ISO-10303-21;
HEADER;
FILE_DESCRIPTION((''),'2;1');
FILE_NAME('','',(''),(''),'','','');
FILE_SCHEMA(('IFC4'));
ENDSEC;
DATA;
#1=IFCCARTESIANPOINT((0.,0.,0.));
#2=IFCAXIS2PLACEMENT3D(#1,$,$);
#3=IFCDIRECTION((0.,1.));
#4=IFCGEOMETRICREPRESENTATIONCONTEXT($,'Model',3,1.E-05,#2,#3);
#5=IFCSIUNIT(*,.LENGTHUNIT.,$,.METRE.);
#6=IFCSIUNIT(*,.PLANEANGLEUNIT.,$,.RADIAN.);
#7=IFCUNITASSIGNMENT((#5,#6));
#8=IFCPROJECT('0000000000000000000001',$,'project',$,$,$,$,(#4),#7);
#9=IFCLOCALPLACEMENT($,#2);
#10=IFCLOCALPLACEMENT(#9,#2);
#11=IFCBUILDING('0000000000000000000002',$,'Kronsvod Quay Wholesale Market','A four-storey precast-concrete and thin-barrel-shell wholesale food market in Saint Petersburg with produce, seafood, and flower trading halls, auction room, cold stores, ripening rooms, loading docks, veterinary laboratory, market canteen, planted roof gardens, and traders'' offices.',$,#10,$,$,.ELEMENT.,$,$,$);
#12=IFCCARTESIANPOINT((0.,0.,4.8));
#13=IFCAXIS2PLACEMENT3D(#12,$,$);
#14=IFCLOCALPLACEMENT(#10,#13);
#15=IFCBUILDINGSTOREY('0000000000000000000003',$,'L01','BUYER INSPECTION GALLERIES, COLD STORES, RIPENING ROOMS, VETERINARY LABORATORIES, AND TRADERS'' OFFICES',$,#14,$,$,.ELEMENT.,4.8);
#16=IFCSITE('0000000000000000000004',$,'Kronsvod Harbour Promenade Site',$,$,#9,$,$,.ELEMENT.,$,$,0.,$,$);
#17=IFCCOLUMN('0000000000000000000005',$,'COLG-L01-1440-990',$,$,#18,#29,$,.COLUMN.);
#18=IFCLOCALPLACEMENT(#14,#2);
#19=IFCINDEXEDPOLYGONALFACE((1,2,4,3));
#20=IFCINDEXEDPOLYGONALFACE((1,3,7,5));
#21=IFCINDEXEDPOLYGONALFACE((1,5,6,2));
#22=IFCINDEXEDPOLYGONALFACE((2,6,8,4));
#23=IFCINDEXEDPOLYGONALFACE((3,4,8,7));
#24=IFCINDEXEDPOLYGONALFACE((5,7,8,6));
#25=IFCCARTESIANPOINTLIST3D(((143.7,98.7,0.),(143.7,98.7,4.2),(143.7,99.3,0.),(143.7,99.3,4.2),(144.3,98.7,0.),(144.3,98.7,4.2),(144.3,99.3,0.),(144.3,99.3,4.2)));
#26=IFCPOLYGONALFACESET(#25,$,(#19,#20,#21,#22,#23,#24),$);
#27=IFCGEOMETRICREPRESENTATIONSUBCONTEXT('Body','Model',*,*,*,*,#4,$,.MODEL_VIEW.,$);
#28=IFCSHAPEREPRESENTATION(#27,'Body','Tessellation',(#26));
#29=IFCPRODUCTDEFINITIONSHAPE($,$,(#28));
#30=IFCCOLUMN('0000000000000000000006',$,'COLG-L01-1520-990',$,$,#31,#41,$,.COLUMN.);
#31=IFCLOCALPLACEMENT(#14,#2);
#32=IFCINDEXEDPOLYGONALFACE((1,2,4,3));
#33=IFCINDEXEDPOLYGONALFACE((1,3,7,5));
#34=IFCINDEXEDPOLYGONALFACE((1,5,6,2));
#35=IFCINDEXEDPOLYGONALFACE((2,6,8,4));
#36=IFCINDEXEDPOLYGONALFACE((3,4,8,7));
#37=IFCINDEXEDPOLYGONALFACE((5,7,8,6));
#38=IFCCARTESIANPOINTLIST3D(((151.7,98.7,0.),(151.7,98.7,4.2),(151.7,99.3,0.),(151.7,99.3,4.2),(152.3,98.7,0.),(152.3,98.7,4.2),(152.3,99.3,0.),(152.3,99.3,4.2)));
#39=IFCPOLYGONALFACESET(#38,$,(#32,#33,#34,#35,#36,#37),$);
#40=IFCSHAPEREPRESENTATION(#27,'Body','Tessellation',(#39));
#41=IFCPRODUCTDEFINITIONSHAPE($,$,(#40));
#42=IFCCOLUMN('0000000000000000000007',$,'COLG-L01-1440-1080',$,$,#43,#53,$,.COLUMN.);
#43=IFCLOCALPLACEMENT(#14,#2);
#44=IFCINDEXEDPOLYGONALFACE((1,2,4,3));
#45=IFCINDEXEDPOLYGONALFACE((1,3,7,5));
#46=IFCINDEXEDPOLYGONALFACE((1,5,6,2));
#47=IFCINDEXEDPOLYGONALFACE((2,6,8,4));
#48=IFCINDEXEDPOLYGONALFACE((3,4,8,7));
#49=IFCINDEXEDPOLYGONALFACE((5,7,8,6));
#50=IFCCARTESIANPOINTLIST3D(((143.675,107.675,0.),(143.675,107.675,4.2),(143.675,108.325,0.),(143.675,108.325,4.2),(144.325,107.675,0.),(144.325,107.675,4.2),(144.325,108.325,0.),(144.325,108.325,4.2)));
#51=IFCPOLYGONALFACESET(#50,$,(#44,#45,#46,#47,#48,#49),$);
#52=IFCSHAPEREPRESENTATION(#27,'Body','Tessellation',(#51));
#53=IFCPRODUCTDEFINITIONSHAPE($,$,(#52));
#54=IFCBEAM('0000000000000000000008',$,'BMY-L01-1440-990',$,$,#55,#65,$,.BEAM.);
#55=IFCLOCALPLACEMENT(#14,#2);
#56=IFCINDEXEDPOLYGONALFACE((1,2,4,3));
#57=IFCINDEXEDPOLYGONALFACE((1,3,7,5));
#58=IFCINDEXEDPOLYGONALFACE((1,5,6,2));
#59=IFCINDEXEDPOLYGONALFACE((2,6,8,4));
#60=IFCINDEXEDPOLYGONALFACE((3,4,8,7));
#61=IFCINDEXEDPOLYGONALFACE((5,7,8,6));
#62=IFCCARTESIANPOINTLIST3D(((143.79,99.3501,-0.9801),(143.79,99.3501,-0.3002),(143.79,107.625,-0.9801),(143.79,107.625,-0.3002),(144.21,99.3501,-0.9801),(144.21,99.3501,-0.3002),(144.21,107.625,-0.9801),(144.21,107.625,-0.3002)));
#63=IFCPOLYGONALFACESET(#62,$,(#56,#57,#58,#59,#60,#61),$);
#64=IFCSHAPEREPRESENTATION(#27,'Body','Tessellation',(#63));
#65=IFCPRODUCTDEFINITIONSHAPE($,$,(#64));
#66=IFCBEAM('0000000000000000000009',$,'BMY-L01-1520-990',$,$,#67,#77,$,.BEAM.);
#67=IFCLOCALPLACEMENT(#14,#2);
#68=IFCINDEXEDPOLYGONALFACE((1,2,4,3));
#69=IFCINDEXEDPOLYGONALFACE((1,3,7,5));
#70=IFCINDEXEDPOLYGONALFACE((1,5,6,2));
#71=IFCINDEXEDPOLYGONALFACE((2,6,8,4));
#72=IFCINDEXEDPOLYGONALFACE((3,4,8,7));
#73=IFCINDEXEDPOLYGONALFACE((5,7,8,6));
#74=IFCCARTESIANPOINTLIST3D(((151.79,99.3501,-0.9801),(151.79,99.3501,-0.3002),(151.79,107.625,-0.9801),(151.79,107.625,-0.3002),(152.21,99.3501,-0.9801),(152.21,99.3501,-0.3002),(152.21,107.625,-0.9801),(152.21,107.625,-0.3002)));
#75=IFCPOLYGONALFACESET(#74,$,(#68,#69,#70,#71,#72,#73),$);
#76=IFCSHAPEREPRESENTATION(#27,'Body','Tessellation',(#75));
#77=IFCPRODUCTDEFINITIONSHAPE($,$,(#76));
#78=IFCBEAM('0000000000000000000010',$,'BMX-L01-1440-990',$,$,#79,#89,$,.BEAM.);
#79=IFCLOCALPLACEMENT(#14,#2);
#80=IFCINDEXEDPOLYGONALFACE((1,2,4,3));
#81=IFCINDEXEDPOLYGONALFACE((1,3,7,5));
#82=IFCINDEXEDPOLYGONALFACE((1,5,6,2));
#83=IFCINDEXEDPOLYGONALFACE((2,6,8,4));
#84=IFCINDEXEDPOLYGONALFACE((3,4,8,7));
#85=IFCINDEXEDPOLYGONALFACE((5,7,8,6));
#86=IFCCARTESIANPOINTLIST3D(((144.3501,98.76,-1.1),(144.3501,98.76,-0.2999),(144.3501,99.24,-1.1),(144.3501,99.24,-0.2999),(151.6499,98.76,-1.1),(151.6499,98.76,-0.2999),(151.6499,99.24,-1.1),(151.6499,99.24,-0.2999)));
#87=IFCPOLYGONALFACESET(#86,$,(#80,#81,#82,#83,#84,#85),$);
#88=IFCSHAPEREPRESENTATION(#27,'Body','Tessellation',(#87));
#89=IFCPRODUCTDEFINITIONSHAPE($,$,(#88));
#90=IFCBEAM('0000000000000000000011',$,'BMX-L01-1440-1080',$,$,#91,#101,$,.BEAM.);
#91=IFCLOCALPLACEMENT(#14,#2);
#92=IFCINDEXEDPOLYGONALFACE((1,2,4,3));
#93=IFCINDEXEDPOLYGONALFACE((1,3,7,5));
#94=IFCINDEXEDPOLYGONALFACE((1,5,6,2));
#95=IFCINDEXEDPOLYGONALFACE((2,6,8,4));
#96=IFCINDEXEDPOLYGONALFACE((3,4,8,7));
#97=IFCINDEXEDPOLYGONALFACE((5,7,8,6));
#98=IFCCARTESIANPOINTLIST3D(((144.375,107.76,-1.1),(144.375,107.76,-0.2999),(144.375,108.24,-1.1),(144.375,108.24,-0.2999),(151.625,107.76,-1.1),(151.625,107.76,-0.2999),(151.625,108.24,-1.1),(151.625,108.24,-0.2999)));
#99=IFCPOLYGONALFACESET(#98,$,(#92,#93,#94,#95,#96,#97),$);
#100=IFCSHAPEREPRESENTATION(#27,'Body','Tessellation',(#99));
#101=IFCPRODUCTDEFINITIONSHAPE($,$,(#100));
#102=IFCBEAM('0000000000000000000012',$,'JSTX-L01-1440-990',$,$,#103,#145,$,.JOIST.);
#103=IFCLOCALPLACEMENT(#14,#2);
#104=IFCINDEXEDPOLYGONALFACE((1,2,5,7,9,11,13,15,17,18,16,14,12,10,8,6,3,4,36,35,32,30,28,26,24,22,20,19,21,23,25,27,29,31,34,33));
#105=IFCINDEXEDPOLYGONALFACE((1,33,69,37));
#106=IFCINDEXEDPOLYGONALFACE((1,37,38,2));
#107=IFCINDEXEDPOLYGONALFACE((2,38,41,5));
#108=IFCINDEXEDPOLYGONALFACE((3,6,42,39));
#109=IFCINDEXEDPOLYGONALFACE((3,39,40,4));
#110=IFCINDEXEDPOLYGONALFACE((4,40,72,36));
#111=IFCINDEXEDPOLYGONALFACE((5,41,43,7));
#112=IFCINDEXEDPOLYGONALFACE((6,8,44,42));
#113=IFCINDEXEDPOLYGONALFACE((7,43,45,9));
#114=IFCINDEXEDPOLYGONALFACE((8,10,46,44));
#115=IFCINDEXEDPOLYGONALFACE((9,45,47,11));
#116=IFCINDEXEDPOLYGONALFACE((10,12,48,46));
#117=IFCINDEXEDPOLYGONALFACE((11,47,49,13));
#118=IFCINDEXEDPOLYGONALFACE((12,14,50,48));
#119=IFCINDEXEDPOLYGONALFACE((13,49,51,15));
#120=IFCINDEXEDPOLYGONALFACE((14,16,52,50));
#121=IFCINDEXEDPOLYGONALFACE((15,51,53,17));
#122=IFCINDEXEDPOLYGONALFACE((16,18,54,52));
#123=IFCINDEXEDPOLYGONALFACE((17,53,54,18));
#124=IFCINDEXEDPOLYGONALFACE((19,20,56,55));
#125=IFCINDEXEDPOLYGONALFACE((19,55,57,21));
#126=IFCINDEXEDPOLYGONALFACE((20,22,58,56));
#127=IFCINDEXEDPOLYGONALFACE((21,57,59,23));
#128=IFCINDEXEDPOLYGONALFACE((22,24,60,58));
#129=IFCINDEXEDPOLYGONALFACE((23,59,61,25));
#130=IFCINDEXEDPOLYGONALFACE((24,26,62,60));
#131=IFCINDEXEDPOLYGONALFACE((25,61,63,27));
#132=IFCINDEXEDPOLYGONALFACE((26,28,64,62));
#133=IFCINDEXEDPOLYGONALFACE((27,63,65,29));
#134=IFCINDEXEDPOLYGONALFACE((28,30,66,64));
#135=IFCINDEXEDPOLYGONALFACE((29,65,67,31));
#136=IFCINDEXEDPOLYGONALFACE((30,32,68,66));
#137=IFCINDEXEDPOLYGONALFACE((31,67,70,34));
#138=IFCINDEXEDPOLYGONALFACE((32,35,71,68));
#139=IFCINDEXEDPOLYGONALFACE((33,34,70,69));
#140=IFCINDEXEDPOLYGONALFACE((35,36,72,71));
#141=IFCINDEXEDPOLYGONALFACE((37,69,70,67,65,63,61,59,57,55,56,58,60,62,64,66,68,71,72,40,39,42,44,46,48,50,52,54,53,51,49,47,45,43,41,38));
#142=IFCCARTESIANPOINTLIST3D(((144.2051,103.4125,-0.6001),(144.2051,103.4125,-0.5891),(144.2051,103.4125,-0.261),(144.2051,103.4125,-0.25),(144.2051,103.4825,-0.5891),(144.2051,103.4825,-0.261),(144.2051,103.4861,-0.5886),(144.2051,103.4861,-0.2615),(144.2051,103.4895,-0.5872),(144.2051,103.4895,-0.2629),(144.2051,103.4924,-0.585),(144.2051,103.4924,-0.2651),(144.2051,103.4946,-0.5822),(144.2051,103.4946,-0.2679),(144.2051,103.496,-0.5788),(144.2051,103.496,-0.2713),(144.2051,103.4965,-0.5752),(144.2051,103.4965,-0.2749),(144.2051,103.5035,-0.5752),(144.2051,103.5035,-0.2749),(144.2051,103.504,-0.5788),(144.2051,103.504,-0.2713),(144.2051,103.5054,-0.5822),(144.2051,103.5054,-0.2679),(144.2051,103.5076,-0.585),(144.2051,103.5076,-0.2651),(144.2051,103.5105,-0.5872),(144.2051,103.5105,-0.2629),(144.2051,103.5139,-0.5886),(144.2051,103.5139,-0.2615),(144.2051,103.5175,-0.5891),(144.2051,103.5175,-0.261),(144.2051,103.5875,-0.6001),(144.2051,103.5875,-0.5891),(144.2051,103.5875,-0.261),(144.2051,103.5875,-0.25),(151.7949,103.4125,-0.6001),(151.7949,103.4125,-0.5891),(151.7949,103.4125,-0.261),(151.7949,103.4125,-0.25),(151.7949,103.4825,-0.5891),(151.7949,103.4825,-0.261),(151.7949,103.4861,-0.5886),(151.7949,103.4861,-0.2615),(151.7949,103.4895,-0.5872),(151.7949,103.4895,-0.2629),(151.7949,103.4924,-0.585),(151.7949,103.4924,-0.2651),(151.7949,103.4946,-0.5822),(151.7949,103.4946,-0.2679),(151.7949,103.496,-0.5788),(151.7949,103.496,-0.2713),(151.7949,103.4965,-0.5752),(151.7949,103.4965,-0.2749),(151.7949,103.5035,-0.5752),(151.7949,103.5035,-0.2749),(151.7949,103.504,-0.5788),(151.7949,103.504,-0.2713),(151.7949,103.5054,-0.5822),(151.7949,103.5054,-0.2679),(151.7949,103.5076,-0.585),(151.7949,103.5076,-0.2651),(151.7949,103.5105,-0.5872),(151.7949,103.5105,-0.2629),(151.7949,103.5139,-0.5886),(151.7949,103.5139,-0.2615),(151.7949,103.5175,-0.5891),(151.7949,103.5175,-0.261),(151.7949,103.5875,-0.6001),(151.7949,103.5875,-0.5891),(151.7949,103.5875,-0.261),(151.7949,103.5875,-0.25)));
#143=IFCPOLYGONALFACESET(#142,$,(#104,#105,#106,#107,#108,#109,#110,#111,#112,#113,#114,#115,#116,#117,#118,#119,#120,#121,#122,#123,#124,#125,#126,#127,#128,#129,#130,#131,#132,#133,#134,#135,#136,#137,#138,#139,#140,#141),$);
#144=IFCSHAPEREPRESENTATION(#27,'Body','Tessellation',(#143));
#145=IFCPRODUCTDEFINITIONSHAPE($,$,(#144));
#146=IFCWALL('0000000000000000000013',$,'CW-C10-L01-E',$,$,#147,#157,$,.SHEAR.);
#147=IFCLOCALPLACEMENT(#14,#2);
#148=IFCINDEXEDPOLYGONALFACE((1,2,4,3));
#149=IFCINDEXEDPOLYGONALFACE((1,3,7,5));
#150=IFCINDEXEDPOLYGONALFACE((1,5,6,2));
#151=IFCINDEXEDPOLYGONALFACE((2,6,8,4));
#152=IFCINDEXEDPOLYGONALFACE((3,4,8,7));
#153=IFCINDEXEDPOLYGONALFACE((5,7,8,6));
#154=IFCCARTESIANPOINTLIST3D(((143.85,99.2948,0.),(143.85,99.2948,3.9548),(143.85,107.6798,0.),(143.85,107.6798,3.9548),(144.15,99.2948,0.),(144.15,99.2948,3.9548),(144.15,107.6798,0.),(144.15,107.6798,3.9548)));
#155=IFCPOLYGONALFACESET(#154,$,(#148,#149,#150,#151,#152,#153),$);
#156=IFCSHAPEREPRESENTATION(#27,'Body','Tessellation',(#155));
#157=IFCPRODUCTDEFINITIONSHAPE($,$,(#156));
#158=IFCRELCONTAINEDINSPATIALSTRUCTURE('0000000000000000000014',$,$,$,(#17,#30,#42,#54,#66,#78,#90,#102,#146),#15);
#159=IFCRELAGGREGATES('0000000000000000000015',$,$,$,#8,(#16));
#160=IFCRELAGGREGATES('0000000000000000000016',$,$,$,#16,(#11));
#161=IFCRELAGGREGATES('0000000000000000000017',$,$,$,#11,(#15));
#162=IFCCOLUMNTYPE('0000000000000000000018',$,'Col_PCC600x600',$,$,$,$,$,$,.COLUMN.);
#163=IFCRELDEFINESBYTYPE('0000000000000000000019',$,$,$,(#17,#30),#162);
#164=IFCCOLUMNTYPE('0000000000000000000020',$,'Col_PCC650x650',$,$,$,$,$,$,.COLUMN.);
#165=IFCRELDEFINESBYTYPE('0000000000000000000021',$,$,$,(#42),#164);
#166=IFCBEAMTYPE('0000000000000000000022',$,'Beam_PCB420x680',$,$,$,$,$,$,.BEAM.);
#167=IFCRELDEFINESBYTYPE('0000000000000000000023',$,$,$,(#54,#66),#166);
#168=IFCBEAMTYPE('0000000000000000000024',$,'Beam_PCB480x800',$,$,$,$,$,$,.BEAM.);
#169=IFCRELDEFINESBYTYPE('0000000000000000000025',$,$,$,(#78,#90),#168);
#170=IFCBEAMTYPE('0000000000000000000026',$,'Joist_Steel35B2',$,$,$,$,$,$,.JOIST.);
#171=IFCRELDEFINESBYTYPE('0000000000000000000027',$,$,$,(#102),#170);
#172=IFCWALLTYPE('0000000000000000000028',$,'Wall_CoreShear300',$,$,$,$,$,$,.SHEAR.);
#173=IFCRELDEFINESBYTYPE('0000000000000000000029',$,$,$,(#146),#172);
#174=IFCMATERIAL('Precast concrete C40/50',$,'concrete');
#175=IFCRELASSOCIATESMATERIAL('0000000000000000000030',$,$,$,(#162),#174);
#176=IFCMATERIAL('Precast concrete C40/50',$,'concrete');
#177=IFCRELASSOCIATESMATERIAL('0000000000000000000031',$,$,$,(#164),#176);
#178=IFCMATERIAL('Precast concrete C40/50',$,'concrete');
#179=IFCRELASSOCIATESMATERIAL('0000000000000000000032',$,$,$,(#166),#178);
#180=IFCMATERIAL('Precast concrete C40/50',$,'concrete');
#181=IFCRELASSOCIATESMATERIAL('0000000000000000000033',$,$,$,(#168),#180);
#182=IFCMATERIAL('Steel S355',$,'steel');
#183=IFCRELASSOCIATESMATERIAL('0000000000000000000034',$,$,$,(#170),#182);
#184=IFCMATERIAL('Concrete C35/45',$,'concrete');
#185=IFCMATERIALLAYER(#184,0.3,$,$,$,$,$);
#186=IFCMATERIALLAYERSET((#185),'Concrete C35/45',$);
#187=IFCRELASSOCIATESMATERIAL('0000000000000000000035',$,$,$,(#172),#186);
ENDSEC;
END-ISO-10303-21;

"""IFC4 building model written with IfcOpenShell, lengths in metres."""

from ifc_helpers import new_model, si_unit, direction, frame, frame_2d, origin, origin_2d, place, context, subcontext, project, spatial, rectangle, i_section, extrude, material, layer, layer_set, material_profile, profile_set, type_object, element, save


model = new_model("IFC4")

# Units and contexts
model_context = context("Model", 3, precision=1e-05, world=origin(), true_north=direction((0.0, 1.0)))
body_context = subcontext(model_context, "Body", "Model", "MODEL_VIEW")
ifc_project = project(units=[si_unit("LENGTHUNIT", "METRE"), si_unit("PLANEANGLEUNIT", "RADIAN")], contexts=[model_context])

# Site, building, storey
site_placement = place(None, origin())
site = spatial("IfcSite", under=ifc_project, at=site_placement, Name="Kronsvod Harbour Promenade Site", CompositionType="ELEMENT", RefElevation=0.0)
building_placement = place(site_placement, origin())
building = spatial("IfcBuilding", under=site, at=building_placement, Name="Kronsvod Quay Wholesale Market", Description="A four-storey precast-concrete and thin-barrel-shell wholesale food market in Saint Petersburg with produce, seafood, and flower trading halls, auction room, cold stores, ripening rooms, loading docks, veterinary laboratory, market canteen, planted roof gardens, and traders' offices.", CompositionType="ELEMENT")
storey_placement = place(building_placement, frame((0.0, 0.0, 4.8)))
storey = spatial("IfcBuildingStorey", under=building, at=storey_placement, Name="L01", Description="BUYER INSPECTION GALLERIES, COLD STORES, RIPENING ROOMS, VETERINARY LABORATORIES, AND TRADERS' OFFICES", CompositionType="ELEMENT", Elevation=4.8)

# Columns
ifc_material_1 = material(Name="Precast concrete C40/50", Category="concrete")
ifc_material_profile_1 = material_profile(ifc_material_1, rectangle(XDim=0.6001, YDim=0.6001, at=origin_2d()), Name="PCC600x600")
ifc_profile_set_1 = profile_set([ifc_material_profile_1], Name="Precast concrete C40/50")
column_type_1 = type_object("IfcColumnType", Name="Col_PCC600x600", PredefinedType="COLUMN", material=ifc_profile_set_1)
for number, where, z_axis, x_axis, name in (
    (1, (144.0, 99.0, 0.0), (0.0, 0.0, 1.0), (1.0, 0.0, 0.0), "COLG-L01-1440-990"),
    (2, (152.0, 99.0, 0.0), (0.0, 0.0, 1.0), (1.0, 0.0, 0.0), "COLG-L01-1520-990"),
):
    element("IfcColumn", number, at=place(storey_placement, frame(where, z_axis=z_axis, x_axis=x_axis)), inside=storey, type_object=column_type_1, Name=name, PredefinedType="COLUMN", context=body_context, shape_type="SweptSolid", body=[
        extrude(rectangle(XDim=0.6001, YDim=0.6001, at=origin_2d()), origin(), (0.0, 0.0, 1.0), 4.2),
    ])
ifc_material_2 = material(Name="Precast concrete C40/50", Category="concrete")
ifc_material_profile_2 = material_profile(ifc_material_2, rectangle(XDim=0.6499, YDim=0.6499, at=origin_2d()), Name="COL-08")
ifc_profile_set_2 = profile_set([ifc_material_profile_2], Name="Precast concrete C40/50")
column_type_2 = type_object("IfcColumnType", Name="Col_PCC650x650", PredefinedType="COLUMN", material=ifc_profile_set_2)
column_placement = place(storey_placement, frame((144.0, 108.0, 0.0), z_axis=(0.0, 0.0, 1.0), x_axis=(1.0, 0.0, 0.0)))
element("IfcColumn", 3, at=column_placement, inside=storey, type_object=column_type_2, Name="COLG-L01-1440-1080", PredefinedType="COLUMN", context=body_context, shape_type="SweptSolid", body=[
    extrude(rectangle(XDim=0.6499, YDim=0.6499, at=origin_2d()), origin(), (0.0, 0.0, 1.0), 4.2),
])

# Beams
ifc_material_3 = material(Name="Precast concrete C40/50", Category="concrete")
ifc_material_profile_3 = material_profile(ifc_material_3, rectangle(XDim=0.4199, YDim=0.6799, at=origin_2d()), Name="PB-05")
ifc_profile_set_3 = profile_set([ifc_material_profile_3], Name="Precast concrete C40/50")
beam_type_1 = type_object("IfcBeamType", Name="Beam_PCB420x680", PredefinedType="BEAM", material=ifc_profile_set_3)
for number, where, z_axis, x_axis, name in (
    (4, (144.0, 99.3501, -0.6401), (0.0, 1.0, 0.0), (-1.0, 0.0, 0.0), "BMY-L01-1440-990"),
    (5, (152.0, 99.3501, -0.6401), (0.0, 1.0, 0.0), (-1.0, 0.0, 0.0), "BMY-L01-1520-990"),
):
    element("IfcBeam", number, at=place(storey_placement, frame(where, z_axis=z_axis, x_axis=x_axis)), inside=storey, type_object=beam_type_1, Name=name, PredefinedType="BEAM", context=body_context, shape_type="SweptSolid", body=[
        extrude(rectangle(XDim=0.4199, YDim=0.6799, at=origin_2d()), origin(), (0.0, 0.0, 1.0), 8.2749),
    ])
ifc_material_4 = material(Name="Precast concrete C40/50", Category="concrete")
ifc_material_profile_4 = material_profile(ifc_material_4, rectangle(XDim=0.48, YDim=0.8, at=origin_2d()), Name="PB-04")
ifc_profile_set_4 = profile_set([ifc_material_profile_4], Name="Precast concrete C40/50")
beam_type_2 = type_object("IfcBeamType", Name="Beam_PCB480x800", PredefinedType="BEAM", material=ifc_profile_set_4)
beam_1_placement = place(storey_placement, frame((144.3501, 99.0, -0.7), z_axis=(1.0, 0.0, 0.0), x_axis=(0.0, 1.0, 0.0)))
element("IfcBeam", 6, at=beam_1_placement, inside=storey, type_object=beam_type_2, Name="BMX-L01-1440-990", PredefinedType="BEAM", context=body_context, shape_type="SweptSolid", body=[
    extrude(rectangle(XDim=0.48, YDim=0.8, at=origin_2d()), origin(), (0.0, 0.0, 1.0), 7.2998),
])
beam_2_placement = place(storey_placement, frame((144.375, 108.0, -0.7), z_axis=(1.0, 0.0, 0.0), x_axis=(0.0, 1.0, 0.0)))
element("IfcBeam", 7, at=beam_2_placement, inside=storey, type_object=beam_type_2, Name="BMX-L01-1440-1080", PredefinedType="BEAM", context=body_context, shape_type="SweptSolid", body=[
    extrude(rectangle(XDim=0.48, YDim=0.8, at=origin_2d()), origin(), (0.0, 0.0, 1.0), 7.25),
])
ifc_material_5 = material(Name="Steel S355", Category="steel")
ifc_material_profile_5 = material_profile(ifc_material_5, i_section(OverallWidth=0.175, OverallDepth=0.3501, WebThickness=0.0071, FlangeThickness=0.011, FilletRadius=0.0139, at=origin_2d()), Name="35B2")
ifc_profile_set_5 = profile_set([ifc_material_profile_5], Name="Steel S355")
beam_type_3 = type_object("IfcBeamType", Name="Joist_Steel35B2", PredefinedType="JOIST", material=ifc_profile_set_5)
beam_3_placement = place(storey_placement, frame((144.2051, 103.5, -0.425), z_axis=(1.0, 0.0, 0.0), x_axis=(0.0, 1.0, 0.0)))
element("IfcBeam", 8, at=beam_3_placement, inside=storey, type_object=beam_type_3, Name="JSTX-L01-1440-990", PredefinedType="JOIST", context=body_context, shape_type="SweptSolid", body=[
    extrude(i_section(OverallWidth=0.175, OverallDepth=0.3501, WebThickness=0.0071, FlangeThickness=0.011, FilletRadius=0.0139, at=origin_2d()), origin(), (0.0, 0.0, 1.0), 7.5898),
])

# Wall
ifc_material_6 = material(Name="Concrete C35/45", Category="concrete")
ifc_layer_1 = layer(ifc_material_6, 0.3)
ifc_layer_set_1 = layer_set([ifc_layer_1], Name="Concrete C35/45")
wall_type_1 = type_object("IfcWallType", Name="Wall_CoreShear300", PredefinedType="SHEAR", material=ifc_layer_set_1)
wall_1_placement = place(storey_placement, frame((144.0, 99.2949, 0.0), z_axis=(0.0, 0.0, 1.0), x_axis=(0.0, 1.0, 0.0)))
element("IfcWall", 9, at=wall_1_placement, inside=storey, type_object=wall_type_1, Name="CW-C10-L01-E", PredefinedType="SHEAR", context=body_context, shape_type="SweptSolid", body=[
    extrude(rectangle(XDim=8.385, YDim=0.3, at=frame_2d((4.1924, 0.0))), origin(), (0.0, 0.0, 1.0), 3.9548),
])

save(model, "model.ifc")
